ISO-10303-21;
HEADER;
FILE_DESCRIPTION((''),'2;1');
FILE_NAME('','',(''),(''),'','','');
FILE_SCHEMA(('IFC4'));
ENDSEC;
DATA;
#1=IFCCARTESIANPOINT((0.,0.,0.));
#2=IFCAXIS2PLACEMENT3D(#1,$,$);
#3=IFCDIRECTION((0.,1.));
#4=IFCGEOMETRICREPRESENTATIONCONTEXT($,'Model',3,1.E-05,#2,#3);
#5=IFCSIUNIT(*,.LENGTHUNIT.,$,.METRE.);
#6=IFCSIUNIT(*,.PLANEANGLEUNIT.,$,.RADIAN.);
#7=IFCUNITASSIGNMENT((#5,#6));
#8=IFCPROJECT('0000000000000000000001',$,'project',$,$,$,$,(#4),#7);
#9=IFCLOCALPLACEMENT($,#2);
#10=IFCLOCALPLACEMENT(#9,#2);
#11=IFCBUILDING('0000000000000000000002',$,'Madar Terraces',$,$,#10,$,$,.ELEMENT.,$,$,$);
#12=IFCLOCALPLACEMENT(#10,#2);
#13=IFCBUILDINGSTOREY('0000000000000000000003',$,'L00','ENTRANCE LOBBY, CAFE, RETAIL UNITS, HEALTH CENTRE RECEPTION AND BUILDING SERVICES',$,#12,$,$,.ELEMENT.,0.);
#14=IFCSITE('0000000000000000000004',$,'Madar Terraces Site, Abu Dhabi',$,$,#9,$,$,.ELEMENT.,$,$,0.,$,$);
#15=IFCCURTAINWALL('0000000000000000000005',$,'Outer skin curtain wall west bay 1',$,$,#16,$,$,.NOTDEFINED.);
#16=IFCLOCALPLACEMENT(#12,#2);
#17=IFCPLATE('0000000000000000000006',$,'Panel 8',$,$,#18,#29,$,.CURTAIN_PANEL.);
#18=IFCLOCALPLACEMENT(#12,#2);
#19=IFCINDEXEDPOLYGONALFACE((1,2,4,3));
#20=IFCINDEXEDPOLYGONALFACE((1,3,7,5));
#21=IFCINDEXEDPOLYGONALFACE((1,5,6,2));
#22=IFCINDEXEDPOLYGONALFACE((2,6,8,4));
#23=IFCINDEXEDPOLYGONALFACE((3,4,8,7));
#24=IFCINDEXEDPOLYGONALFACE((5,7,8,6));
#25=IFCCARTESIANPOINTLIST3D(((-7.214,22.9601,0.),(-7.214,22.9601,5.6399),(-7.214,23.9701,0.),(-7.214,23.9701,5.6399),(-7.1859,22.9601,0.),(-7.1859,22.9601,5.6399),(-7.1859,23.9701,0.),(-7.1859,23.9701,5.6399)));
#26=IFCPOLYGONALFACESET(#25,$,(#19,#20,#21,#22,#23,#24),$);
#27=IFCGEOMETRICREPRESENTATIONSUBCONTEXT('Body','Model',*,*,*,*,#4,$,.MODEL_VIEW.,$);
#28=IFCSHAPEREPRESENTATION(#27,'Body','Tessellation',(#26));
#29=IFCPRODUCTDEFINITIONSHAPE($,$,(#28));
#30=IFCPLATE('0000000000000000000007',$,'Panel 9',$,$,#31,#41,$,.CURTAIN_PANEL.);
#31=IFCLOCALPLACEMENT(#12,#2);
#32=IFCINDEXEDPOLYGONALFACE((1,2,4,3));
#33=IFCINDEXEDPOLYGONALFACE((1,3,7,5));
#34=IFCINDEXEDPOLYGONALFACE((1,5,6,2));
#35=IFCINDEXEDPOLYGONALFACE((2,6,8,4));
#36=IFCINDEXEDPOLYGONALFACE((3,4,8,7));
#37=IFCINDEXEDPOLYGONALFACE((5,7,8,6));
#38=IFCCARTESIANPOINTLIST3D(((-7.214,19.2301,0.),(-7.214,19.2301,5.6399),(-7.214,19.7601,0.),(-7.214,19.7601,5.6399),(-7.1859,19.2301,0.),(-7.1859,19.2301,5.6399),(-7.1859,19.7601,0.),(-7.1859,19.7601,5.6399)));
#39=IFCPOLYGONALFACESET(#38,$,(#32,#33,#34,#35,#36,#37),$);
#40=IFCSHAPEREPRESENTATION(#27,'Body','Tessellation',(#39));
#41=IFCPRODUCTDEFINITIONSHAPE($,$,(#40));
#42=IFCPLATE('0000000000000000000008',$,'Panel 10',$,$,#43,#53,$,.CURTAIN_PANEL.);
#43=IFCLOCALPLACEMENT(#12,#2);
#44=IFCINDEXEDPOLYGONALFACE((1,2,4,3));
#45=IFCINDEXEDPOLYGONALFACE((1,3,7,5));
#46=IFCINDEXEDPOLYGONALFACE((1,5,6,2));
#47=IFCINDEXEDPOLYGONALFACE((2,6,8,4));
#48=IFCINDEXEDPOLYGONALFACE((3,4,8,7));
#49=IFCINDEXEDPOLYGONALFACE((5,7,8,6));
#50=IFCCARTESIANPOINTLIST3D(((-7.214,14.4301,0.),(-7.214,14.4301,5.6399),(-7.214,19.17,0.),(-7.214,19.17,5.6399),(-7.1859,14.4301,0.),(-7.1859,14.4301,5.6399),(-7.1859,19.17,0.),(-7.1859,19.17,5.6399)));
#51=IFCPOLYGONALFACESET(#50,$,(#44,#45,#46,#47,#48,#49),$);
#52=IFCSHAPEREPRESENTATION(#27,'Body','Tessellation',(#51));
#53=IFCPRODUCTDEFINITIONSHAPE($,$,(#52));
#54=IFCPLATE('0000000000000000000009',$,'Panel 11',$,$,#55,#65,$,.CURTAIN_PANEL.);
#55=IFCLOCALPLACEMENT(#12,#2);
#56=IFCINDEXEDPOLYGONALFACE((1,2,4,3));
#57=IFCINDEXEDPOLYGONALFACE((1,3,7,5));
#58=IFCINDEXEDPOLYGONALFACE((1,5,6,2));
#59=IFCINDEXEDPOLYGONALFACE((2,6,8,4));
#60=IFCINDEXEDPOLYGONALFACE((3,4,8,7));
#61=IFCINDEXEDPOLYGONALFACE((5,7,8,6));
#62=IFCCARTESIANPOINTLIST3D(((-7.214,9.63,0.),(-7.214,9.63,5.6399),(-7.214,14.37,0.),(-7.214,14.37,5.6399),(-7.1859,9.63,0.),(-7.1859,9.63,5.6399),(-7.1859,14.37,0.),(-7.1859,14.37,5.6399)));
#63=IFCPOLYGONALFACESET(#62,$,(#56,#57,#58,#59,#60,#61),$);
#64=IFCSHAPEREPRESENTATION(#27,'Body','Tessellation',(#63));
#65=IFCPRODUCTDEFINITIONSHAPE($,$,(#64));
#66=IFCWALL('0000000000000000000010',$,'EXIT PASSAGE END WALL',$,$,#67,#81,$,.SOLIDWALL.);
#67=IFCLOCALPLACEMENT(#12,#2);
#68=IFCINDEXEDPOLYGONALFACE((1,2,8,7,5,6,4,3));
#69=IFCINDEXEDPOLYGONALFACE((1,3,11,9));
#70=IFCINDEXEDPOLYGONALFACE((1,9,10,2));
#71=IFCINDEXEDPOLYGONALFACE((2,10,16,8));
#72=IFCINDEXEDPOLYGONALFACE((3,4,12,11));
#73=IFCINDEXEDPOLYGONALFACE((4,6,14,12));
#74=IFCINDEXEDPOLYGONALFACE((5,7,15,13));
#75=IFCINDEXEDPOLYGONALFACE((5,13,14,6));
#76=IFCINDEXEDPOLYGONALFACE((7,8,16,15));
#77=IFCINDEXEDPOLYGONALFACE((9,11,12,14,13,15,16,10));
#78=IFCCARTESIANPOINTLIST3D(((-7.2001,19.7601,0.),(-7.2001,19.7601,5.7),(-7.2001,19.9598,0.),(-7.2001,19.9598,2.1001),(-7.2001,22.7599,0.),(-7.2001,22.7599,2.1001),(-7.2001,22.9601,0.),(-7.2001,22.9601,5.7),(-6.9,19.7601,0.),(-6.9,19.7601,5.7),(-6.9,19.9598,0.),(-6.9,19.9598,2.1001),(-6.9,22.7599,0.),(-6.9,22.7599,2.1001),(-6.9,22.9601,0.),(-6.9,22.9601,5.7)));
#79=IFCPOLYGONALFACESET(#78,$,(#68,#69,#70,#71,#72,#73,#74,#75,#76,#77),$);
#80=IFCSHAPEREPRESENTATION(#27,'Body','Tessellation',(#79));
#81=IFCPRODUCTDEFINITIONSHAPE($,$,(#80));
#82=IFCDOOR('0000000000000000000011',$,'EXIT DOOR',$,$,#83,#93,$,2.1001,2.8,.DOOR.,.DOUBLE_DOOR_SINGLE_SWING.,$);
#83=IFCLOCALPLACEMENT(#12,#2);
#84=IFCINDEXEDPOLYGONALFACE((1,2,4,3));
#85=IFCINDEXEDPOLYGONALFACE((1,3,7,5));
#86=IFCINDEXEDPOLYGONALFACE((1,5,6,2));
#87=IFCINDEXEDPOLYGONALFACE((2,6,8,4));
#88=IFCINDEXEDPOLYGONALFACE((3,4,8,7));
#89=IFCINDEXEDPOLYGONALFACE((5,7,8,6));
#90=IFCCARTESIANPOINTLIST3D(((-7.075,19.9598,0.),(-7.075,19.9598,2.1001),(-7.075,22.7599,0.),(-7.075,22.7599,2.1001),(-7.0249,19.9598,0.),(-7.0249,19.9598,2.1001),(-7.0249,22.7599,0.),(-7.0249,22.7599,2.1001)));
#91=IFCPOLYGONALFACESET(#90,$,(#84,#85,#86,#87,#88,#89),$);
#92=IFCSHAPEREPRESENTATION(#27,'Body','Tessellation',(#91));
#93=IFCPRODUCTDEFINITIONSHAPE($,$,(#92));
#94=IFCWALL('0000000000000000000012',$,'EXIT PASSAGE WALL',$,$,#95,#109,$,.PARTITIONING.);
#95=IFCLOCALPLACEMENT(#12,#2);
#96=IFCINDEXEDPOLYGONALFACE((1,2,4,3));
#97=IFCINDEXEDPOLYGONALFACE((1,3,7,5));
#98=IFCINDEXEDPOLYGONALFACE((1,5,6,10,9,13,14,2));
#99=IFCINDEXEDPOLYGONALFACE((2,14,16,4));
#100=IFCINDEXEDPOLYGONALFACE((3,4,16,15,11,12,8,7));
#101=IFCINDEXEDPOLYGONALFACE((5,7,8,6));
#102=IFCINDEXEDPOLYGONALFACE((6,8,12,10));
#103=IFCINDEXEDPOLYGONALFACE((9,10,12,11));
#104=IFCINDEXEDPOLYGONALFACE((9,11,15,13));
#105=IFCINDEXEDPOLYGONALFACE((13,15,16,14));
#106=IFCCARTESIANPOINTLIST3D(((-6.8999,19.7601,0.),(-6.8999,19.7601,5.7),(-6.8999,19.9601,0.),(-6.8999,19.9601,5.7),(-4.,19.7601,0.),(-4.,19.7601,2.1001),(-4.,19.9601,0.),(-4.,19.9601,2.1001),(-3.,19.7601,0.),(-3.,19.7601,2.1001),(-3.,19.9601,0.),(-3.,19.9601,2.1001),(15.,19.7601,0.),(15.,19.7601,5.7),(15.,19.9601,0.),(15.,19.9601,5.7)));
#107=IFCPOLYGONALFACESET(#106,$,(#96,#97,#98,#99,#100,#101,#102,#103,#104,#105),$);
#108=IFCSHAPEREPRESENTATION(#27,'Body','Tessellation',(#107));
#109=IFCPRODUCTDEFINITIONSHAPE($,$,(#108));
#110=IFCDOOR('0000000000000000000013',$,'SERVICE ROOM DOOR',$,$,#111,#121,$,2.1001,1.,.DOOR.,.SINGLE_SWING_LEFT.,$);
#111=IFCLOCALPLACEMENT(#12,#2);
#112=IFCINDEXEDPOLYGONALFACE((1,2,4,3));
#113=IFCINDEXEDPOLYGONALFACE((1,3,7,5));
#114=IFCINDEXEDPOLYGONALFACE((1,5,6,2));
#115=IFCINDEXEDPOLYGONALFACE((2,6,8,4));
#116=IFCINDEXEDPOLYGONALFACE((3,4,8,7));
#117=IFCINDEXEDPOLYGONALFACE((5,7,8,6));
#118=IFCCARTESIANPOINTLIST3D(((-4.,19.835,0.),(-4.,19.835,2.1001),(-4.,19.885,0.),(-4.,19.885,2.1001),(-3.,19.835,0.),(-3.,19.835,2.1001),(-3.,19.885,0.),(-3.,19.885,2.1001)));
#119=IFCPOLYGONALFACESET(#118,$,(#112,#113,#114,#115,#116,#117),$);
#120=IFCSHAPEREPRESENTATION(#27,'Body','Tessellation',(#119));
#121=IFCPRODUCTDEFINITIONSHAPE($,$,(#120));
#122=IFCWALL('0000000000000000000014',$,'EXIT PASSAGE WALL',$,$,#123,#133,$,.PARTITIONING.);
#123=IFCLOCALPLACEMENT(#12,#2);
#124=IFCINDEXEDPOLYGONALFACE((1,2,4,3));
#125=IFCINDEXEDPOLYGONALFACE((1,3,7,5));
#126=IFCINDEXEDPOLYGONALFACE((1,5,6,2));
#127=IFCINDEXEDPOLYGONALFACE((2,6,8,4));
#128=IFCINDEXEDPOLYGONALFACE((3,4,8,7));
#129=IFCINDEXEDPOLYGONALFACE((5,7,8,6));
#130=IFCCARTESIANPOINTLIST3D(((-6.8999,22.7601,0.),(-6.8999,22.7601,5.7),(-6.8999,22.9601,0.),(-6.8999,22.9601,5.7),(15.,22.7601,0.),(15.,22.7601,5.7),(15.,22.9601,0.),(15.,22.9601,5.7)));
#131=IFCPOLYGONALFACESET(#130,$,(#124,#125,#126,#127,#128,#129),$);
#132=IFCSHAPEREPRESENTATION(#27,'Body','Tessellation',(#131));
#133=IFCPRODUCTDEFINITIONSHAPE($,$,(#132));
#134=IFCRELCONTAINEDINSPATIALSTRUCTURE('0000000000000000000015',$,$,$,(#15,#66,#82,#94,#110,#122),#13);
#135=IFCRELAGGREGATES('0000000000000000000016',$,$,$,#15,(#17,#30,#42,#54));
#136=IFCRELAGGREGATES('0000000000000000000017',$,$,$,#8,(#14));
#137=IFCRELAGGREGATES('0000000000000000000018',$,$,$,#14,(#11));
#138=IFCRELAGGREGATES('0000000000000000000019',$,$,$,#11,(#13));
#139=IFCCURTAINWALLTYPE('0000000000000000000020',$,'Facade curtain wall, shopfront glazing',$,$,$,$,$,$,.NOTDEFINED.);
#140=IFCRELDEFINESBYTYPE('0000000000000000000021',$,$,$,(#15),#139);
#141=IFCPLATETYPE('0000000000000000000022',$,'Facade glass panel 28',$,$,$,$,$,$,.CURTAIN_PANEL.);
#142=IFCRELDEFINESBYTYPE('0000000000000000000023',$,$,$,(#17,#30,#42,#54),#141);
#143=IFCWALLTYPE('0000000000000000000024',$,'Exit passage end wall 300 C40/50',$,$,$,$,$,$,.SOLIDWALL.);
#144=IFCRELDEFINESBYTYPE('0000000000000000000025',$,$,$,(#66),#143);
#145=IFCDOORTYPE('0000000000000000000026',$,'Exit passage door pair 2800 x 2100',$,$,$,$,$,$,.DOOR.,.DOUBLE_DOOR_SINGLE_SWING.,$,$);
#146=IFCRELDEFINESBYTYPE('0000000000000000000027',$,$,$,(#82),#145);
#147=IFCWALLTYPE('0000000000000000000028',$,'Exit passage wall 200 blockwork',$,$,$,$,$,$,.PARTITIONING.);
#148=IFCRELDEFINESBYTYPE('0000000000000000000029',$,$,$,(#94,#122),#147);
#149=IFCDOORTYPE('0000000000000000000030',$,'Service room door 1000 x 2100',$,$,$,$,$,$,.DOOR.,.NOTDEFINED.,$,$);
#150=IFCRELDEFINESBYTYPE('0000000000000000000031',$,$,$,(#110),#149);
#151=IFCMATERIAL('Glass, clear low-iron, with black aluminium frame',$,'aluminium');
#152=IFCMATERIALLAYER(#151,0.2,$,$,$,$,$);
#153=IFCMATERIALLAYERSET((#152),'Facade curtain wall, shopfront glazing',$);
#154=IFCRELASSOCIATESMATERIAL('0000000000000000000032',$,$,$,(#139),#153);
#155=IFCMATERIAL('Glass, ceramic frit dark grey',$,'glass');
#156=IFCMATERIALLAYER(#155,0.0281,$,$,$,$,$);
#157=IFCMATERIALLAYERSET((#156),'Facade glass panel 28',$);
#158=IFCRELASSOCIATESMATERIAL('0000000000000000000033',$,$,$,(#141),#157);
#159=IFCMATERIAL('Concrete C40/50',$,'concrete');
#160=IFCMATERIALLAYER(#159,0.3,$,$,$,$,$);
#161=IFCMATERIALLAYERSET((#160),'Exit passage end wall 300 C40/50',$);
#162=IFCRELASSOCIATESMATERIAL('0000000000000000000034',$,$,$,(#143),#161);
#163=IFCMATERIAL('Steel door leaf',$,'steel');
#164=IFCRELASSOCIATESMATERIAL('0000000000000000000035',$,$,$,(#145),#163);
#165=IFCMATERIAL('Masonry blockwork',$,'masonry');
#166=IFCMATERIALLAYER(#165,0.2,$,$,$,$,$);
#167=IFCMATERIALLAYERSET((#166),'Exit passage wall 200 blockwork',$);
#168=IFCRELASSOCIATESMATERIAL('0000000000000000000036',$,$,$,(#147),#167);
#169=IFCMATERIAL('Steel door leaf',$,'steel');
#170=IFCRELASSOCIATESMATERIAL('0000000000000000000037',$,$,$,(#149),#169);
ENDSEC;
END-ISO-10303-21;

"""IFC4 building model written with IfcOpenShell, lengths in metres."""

from ifc_helpers import new_model, si_unit, direction, frame, frame_2d, origin, origin_2d, place, context, subcontext, project, spatial, rectangle, extrude, material, layer, layer_set, type_object, element, fill, aggregate, save


model = new_model("IFC4")

# Units and contexts
model_context = context("Model", 3, precision=1e-05, world=origin(), true_north=direction((0.0, 1.0)))
body_context = subcontext(model_context, "Body", "Model", "MODEL_VIEW")
ifc_project = project(units=[si_unit("LENGTHUNIT", "METRE"), si_unit("PLANEANGLEUNIT", "RADIAN")], contexts=[model_context])

# Site, building, storey
site_placement = place(None, origin())
site = spatial("IfcSite", under=ifc_project, at=site_placement, Name="Madar Terraces Site, Abu Dhabi", CompositionType="ELEMENT", RefElevation=0.0)
building_placement = place(site_placement, origin())
building = spatial("IfcBuilding", under=site, at=building_placement, Name="Madar Terraces", CompositionType="ELEMENT")
storey_placement = place(building_placement, origin())
storey = spatial("IfcBuildingStorey", under=building, at=storey_placement, Name="L00", Description="ENTRANCE LOBBY, CAFE, RETAIL UNITS, HEALTH CENTRE RECEPTION AND BUILDING SERVICES", CompositionType="ELEMENT", Elevation=0.0)

# Curtain wall, plates
ifc_material_1 = material(Name="Glass, clear low-iron, with black aluminium frame", Category="aluminium")
ifc_layer_1 = layer(ifc_material_1, 0.2)
ifc_layer_set_1 = layer_set([ifc_layer_1], Name="Facade curtain wall, shopfront glazing")
curtain_wall_type = type_object("IfcCurtainWallType", Name="Facade curtain wall, shopfront glazing", PredefinedType="NOTDEFINED", material=ifc_layer_set_1)
curtain_wall_placement = place(storey_placement, origin())
curtain_wall = element("IfcCurtainWall", 1, at=curtain_wall_placement, inside=storey, type_object=curtain_wall_type, Name="Outer skin curtain wall west bay 1", PredefinedType="NOTDEFINED")
ifc_material_2 = material(Name="Glass, ceramic frit dark grey", Category="glass")
ifc_layer_2 = layer(ifc_material_2, 0.0281)
ifc_layer_set_2 = layer_set([ifc_layer_2], Name="Facade glass panel 28")
plate_type = type_object("IfcPlateType", Name="Facade glass panel 28", PredefinedType="CURTAIN_PANEL", material=ifc_layer_set_2)
plate_1_placement = place(storey_placement, frame((-7.2, 23.4651, 0.0), z_axis=(0.0, 0.0, 1.0), x_axis=(0.0, -1.0, 0.0)))
plate_1 = element("IfcPlate", 2, at=plate_1_placement, type_object=plate_type, Name="Panel 8", PredefinedType="CURTAIN_PANEL", context=body_context, shape_type="SweptSolid", body=[
    extrude(rectangle(XDim=1.01, YDim=0.0281, at=origin_2d()), origin(), (0.0, 0.0, 1.0), 5.6399),
])
plate_2_placement = place(storey_placement, frame((-7.2, 19.4951, 0.0), z_axis=(0.0, 0.0, 1.0), x_axis=(0.0, -1.0, 0.0)))
plate_2 = element("IfcPlate", 3, at=plate_2_placement, type_object=plate_type, Name="Panel 9", PredefinedType="CURTAIN_PANEL", context=body_context, shape_type="SweptSolid", body=[
    extrude(rectangle(XDim=0.53, YDim=0.0281, at=origin_2d()), origin(), (0.0, 0.0, 1.0), 5.6399),
])
plate_3_placement = place(storey_placement, frame((-7.2, 16.8, 0.0), z_axis=(0.0, 0.0, 1.0), x_axis=(0.0, -1.0, 0.0)))
plate_3 = element("IfcPlate", 4, at=plate_3_placement, type_object=plate_type, Name="Panel 10", PredefinedType="CURTAIN_PANEL", context=body_context, shape_type="SweptSolid", body=[
    extrude(rectangle(XDim=4.74, YDim=0.0281, at=origin_2d()), origin(), (0.0, 0.0, 1.0), 5.6399),
])
plate_4_placement = place(storey_placement, frame((-7.2, 12.0, 0.0), z_axis=(0.0, 0.0, 1.0), x_axis=(0.0, -1.0, 0.0)))
plate_4 = element("IfcPlate", 5, at=plate_4_placement, type_object=plate_type, Name="Panel 11", PredefinedType="CURTAIN_PANEL", context=body_context, shape_type="SweptSolid", body=[
    extrude(rectangle(XDim=4.74, YDim=0.0281, at=origin_2d()), origin(), (0.0, 0.0, 1.0), 5.6399),
])
aggregate(curtain_wall, [plate_1, plate_2, plate_3, plate_4])

# Walls, openings, doors
ifc_material_3 = material(Name="Concrete C40/50", Category="concrete")
ifc_layer_3 = layer(ifc_material_3, 0.3)
ifc_layer_set_3 = layer_set([ifc_layer_3], Name="Exit passage end wall 300 C40/50")
wall_type_1 = type_object("IfcWallType", Name="Exit passage end wall 300 C40/50", PredefinedType="SOLIDWALL", material=ifc_layer_set_3)
wall_1_placement = place(storey_placement, frame((-7.05, 19.76, 0.0), z_axis=(0.0, 0.0, 1.0), x_axis=(0.0, 1.0, 0.0)))
wall_1 = element("IfcWall", 6, at=wall_1_placement, inside=storey, type_object=wall_type_1, Name="EXIT PASSAGE END WALL", PredefinedType="SOLIDWALL", context=body_context, shape_type="SweptSolid", body=[
    extrude(rectangle(XDim=3.2, YDim=0.3, at=frame_2d((1.6001, 0.0))), origin(), (0.0, 0.0, 1.0), 5.7),
])
opening_1_placement = place(wall_1_placement, frame((0.2, 0.0, 0.0)))
opening_1 = element("IfcOpeningElement", 7, at=opening_1_placement, cuts=wall_1, PredefinedType="OPENING", context=body_context, shape_type="SweptSolid", body=[
    extrude(rectangle(XDim=2.8, YDim=2.1001, at=frame_2d((1.3999, 1.05))), frame((0.0, 0.1599, 0.0), z_axis=(0.0, -1.0, 0.0), x_axis=(1.0, 0.0, 0.0)), (0.0, 0.0, 1.0), 0.3201),
])
ifc_material_4 = material(Name="Steel door leaf", Category="steel")
door_type_1 = type_object("IfcDoorType", Name="Exit passage door pair 2800 x 2100", OperationType="DOUBLE_DOOR_SINGLE_SWING", PredefinedType="DOOR", material=ifc_material_4)
door_1_placement = place(opening_1_placement, origin())
door_1 = element("IfcDoor", 8, at=door_1_placement, inside=storey, type_object=door_type_1, Name="EXIT DOOR", OperationType="DOUBLE_DOOR_SINGLE_SWING", OverallHeight=2.1001, OverallWidth=2.8, PredefinedType="DOOR", context=body_context, shape_type="SweptSolid", body=[
    extrude(rectangle(XDim=2.8, YDim=2.1001, at=frame_2d((1.3999, 1.05))), frame((0.0, 0.0249, 0.0), z_axis=(0.0, -1.0, 0.0), x_axis=(1.0, 0.0, 0.0)), (0.0, 0.0, 1.0), 0.05),
])
fill(opening_1, door_1)
ifc_material_5 = material(Name="Masonry blockwork", Category="masonry")
ifc_layer_4 = layer(ifc_material_5, 0.2)
ifc_layer_set_4 = layer_set([ifc_layer_4], Name="Exit passage wall 200 blockwork")
wall_type_2 = type_object("IfcWallType", Name="Exit passage wall 200 blockwork", PredefinedType="PARTITIONING", material=ifc_layer_set_4)
wall_2_placement = place(storey_placement, frame((-6.8999, 19.8601, 0.0), z_axis=(0.0, 0.0, 1.0), x_axis=(1.0, 0.0, 0.0)))
wall_2 = element("IfcWall", 9, at=wall_2_placement, inside=storey, type_object=wall_type_2, Name="EXIT PASSAGE WALL", PredefinedType="PARTITIONING", context=body_context, shape_type="SweptSolid", body=[
    extrude(rectangle(XDim=21.8999, YDim=0.2, at=frame_2d((10.95, 0.0))), origin(), (0.0, 0.0, 1.0), 5.7),
])
opening_2_placement = place(wall_2_placement, frame((2.8999, 0.0, 0.0)))
opening_2 = element("IfcOpeningElement", 10, at=opening_2_placement, cuts=wall_2, PredefinedType="OPENING", context=body_context, shape_type="SweptSolid", body=[
    extrude(rectangle(XDim=1.0, YDim=2.1001, at=frame_2d((0.5, 1.05))), frame((0.0, 0.1099, 0.0), z_axis=(0.0, -1.0, 0.0), x_axis=(1.0, 0.0, 0.0)), (0.0, 0.0, 1.0), 0.22),
])
ifc_material_6 = material(Name="Steel door leaf", Category="steel")
door_type_2 = type_object("IfcDoorType", Name="Service room door 1000 x 2100", OperationType="NOTDEFINED", PredefinedType="DOOR", material=ifc_material_6)
door_2_placement = place(opening_2_placement, origin())
door_2 = element("IfcDoor", 11, at=door_2_placement, inside=storey, type_object=door_type_2, Name="SERVICE ROOM DOOR", OperationType="SINGLE_SWING_LEFT", OverallHeight=2.1001, OverallWidth=1.0, PredefinedType="DOOR", context=body_context, shape_type="SweptSolid", body=[
    extrude(rectangle(XDim=1.0, YDim=2.1001, at=frame_2d((0.5, 1.05))), frame((0.0, 0.0249, 0.0), z_axis=(0.0, -1.0, 0.0), x_axis=(1.0, 0.0, 0.0)), (0.0, 0.0, 1.0), 0.05),
])
fill(opening_2, door_2)

# Wall
wall_3_placement = place(storey_placement, frame((-6.8999, 22.8601, 0.0), z_axis=(0.0, 0.0, 1.0), x_axis=(1.0, 0.0, 0.0)))
element("IfcWall", 12, at=wall_3_placement, inside=storey, type_object=wall_type_2, Name="EXIT PASSAGE WALL", PredefinedType="PARTITIONING", context=body_context, shape_type="SweptSolid", body=[
    extrude(rectangle(XDim=21.8999, YDim=0.2, at=frame_2d((10.95, 0.0))), origin(), (0.0, 0.0, 1.0), 5.7),
])

save(model, "model.ifc")
